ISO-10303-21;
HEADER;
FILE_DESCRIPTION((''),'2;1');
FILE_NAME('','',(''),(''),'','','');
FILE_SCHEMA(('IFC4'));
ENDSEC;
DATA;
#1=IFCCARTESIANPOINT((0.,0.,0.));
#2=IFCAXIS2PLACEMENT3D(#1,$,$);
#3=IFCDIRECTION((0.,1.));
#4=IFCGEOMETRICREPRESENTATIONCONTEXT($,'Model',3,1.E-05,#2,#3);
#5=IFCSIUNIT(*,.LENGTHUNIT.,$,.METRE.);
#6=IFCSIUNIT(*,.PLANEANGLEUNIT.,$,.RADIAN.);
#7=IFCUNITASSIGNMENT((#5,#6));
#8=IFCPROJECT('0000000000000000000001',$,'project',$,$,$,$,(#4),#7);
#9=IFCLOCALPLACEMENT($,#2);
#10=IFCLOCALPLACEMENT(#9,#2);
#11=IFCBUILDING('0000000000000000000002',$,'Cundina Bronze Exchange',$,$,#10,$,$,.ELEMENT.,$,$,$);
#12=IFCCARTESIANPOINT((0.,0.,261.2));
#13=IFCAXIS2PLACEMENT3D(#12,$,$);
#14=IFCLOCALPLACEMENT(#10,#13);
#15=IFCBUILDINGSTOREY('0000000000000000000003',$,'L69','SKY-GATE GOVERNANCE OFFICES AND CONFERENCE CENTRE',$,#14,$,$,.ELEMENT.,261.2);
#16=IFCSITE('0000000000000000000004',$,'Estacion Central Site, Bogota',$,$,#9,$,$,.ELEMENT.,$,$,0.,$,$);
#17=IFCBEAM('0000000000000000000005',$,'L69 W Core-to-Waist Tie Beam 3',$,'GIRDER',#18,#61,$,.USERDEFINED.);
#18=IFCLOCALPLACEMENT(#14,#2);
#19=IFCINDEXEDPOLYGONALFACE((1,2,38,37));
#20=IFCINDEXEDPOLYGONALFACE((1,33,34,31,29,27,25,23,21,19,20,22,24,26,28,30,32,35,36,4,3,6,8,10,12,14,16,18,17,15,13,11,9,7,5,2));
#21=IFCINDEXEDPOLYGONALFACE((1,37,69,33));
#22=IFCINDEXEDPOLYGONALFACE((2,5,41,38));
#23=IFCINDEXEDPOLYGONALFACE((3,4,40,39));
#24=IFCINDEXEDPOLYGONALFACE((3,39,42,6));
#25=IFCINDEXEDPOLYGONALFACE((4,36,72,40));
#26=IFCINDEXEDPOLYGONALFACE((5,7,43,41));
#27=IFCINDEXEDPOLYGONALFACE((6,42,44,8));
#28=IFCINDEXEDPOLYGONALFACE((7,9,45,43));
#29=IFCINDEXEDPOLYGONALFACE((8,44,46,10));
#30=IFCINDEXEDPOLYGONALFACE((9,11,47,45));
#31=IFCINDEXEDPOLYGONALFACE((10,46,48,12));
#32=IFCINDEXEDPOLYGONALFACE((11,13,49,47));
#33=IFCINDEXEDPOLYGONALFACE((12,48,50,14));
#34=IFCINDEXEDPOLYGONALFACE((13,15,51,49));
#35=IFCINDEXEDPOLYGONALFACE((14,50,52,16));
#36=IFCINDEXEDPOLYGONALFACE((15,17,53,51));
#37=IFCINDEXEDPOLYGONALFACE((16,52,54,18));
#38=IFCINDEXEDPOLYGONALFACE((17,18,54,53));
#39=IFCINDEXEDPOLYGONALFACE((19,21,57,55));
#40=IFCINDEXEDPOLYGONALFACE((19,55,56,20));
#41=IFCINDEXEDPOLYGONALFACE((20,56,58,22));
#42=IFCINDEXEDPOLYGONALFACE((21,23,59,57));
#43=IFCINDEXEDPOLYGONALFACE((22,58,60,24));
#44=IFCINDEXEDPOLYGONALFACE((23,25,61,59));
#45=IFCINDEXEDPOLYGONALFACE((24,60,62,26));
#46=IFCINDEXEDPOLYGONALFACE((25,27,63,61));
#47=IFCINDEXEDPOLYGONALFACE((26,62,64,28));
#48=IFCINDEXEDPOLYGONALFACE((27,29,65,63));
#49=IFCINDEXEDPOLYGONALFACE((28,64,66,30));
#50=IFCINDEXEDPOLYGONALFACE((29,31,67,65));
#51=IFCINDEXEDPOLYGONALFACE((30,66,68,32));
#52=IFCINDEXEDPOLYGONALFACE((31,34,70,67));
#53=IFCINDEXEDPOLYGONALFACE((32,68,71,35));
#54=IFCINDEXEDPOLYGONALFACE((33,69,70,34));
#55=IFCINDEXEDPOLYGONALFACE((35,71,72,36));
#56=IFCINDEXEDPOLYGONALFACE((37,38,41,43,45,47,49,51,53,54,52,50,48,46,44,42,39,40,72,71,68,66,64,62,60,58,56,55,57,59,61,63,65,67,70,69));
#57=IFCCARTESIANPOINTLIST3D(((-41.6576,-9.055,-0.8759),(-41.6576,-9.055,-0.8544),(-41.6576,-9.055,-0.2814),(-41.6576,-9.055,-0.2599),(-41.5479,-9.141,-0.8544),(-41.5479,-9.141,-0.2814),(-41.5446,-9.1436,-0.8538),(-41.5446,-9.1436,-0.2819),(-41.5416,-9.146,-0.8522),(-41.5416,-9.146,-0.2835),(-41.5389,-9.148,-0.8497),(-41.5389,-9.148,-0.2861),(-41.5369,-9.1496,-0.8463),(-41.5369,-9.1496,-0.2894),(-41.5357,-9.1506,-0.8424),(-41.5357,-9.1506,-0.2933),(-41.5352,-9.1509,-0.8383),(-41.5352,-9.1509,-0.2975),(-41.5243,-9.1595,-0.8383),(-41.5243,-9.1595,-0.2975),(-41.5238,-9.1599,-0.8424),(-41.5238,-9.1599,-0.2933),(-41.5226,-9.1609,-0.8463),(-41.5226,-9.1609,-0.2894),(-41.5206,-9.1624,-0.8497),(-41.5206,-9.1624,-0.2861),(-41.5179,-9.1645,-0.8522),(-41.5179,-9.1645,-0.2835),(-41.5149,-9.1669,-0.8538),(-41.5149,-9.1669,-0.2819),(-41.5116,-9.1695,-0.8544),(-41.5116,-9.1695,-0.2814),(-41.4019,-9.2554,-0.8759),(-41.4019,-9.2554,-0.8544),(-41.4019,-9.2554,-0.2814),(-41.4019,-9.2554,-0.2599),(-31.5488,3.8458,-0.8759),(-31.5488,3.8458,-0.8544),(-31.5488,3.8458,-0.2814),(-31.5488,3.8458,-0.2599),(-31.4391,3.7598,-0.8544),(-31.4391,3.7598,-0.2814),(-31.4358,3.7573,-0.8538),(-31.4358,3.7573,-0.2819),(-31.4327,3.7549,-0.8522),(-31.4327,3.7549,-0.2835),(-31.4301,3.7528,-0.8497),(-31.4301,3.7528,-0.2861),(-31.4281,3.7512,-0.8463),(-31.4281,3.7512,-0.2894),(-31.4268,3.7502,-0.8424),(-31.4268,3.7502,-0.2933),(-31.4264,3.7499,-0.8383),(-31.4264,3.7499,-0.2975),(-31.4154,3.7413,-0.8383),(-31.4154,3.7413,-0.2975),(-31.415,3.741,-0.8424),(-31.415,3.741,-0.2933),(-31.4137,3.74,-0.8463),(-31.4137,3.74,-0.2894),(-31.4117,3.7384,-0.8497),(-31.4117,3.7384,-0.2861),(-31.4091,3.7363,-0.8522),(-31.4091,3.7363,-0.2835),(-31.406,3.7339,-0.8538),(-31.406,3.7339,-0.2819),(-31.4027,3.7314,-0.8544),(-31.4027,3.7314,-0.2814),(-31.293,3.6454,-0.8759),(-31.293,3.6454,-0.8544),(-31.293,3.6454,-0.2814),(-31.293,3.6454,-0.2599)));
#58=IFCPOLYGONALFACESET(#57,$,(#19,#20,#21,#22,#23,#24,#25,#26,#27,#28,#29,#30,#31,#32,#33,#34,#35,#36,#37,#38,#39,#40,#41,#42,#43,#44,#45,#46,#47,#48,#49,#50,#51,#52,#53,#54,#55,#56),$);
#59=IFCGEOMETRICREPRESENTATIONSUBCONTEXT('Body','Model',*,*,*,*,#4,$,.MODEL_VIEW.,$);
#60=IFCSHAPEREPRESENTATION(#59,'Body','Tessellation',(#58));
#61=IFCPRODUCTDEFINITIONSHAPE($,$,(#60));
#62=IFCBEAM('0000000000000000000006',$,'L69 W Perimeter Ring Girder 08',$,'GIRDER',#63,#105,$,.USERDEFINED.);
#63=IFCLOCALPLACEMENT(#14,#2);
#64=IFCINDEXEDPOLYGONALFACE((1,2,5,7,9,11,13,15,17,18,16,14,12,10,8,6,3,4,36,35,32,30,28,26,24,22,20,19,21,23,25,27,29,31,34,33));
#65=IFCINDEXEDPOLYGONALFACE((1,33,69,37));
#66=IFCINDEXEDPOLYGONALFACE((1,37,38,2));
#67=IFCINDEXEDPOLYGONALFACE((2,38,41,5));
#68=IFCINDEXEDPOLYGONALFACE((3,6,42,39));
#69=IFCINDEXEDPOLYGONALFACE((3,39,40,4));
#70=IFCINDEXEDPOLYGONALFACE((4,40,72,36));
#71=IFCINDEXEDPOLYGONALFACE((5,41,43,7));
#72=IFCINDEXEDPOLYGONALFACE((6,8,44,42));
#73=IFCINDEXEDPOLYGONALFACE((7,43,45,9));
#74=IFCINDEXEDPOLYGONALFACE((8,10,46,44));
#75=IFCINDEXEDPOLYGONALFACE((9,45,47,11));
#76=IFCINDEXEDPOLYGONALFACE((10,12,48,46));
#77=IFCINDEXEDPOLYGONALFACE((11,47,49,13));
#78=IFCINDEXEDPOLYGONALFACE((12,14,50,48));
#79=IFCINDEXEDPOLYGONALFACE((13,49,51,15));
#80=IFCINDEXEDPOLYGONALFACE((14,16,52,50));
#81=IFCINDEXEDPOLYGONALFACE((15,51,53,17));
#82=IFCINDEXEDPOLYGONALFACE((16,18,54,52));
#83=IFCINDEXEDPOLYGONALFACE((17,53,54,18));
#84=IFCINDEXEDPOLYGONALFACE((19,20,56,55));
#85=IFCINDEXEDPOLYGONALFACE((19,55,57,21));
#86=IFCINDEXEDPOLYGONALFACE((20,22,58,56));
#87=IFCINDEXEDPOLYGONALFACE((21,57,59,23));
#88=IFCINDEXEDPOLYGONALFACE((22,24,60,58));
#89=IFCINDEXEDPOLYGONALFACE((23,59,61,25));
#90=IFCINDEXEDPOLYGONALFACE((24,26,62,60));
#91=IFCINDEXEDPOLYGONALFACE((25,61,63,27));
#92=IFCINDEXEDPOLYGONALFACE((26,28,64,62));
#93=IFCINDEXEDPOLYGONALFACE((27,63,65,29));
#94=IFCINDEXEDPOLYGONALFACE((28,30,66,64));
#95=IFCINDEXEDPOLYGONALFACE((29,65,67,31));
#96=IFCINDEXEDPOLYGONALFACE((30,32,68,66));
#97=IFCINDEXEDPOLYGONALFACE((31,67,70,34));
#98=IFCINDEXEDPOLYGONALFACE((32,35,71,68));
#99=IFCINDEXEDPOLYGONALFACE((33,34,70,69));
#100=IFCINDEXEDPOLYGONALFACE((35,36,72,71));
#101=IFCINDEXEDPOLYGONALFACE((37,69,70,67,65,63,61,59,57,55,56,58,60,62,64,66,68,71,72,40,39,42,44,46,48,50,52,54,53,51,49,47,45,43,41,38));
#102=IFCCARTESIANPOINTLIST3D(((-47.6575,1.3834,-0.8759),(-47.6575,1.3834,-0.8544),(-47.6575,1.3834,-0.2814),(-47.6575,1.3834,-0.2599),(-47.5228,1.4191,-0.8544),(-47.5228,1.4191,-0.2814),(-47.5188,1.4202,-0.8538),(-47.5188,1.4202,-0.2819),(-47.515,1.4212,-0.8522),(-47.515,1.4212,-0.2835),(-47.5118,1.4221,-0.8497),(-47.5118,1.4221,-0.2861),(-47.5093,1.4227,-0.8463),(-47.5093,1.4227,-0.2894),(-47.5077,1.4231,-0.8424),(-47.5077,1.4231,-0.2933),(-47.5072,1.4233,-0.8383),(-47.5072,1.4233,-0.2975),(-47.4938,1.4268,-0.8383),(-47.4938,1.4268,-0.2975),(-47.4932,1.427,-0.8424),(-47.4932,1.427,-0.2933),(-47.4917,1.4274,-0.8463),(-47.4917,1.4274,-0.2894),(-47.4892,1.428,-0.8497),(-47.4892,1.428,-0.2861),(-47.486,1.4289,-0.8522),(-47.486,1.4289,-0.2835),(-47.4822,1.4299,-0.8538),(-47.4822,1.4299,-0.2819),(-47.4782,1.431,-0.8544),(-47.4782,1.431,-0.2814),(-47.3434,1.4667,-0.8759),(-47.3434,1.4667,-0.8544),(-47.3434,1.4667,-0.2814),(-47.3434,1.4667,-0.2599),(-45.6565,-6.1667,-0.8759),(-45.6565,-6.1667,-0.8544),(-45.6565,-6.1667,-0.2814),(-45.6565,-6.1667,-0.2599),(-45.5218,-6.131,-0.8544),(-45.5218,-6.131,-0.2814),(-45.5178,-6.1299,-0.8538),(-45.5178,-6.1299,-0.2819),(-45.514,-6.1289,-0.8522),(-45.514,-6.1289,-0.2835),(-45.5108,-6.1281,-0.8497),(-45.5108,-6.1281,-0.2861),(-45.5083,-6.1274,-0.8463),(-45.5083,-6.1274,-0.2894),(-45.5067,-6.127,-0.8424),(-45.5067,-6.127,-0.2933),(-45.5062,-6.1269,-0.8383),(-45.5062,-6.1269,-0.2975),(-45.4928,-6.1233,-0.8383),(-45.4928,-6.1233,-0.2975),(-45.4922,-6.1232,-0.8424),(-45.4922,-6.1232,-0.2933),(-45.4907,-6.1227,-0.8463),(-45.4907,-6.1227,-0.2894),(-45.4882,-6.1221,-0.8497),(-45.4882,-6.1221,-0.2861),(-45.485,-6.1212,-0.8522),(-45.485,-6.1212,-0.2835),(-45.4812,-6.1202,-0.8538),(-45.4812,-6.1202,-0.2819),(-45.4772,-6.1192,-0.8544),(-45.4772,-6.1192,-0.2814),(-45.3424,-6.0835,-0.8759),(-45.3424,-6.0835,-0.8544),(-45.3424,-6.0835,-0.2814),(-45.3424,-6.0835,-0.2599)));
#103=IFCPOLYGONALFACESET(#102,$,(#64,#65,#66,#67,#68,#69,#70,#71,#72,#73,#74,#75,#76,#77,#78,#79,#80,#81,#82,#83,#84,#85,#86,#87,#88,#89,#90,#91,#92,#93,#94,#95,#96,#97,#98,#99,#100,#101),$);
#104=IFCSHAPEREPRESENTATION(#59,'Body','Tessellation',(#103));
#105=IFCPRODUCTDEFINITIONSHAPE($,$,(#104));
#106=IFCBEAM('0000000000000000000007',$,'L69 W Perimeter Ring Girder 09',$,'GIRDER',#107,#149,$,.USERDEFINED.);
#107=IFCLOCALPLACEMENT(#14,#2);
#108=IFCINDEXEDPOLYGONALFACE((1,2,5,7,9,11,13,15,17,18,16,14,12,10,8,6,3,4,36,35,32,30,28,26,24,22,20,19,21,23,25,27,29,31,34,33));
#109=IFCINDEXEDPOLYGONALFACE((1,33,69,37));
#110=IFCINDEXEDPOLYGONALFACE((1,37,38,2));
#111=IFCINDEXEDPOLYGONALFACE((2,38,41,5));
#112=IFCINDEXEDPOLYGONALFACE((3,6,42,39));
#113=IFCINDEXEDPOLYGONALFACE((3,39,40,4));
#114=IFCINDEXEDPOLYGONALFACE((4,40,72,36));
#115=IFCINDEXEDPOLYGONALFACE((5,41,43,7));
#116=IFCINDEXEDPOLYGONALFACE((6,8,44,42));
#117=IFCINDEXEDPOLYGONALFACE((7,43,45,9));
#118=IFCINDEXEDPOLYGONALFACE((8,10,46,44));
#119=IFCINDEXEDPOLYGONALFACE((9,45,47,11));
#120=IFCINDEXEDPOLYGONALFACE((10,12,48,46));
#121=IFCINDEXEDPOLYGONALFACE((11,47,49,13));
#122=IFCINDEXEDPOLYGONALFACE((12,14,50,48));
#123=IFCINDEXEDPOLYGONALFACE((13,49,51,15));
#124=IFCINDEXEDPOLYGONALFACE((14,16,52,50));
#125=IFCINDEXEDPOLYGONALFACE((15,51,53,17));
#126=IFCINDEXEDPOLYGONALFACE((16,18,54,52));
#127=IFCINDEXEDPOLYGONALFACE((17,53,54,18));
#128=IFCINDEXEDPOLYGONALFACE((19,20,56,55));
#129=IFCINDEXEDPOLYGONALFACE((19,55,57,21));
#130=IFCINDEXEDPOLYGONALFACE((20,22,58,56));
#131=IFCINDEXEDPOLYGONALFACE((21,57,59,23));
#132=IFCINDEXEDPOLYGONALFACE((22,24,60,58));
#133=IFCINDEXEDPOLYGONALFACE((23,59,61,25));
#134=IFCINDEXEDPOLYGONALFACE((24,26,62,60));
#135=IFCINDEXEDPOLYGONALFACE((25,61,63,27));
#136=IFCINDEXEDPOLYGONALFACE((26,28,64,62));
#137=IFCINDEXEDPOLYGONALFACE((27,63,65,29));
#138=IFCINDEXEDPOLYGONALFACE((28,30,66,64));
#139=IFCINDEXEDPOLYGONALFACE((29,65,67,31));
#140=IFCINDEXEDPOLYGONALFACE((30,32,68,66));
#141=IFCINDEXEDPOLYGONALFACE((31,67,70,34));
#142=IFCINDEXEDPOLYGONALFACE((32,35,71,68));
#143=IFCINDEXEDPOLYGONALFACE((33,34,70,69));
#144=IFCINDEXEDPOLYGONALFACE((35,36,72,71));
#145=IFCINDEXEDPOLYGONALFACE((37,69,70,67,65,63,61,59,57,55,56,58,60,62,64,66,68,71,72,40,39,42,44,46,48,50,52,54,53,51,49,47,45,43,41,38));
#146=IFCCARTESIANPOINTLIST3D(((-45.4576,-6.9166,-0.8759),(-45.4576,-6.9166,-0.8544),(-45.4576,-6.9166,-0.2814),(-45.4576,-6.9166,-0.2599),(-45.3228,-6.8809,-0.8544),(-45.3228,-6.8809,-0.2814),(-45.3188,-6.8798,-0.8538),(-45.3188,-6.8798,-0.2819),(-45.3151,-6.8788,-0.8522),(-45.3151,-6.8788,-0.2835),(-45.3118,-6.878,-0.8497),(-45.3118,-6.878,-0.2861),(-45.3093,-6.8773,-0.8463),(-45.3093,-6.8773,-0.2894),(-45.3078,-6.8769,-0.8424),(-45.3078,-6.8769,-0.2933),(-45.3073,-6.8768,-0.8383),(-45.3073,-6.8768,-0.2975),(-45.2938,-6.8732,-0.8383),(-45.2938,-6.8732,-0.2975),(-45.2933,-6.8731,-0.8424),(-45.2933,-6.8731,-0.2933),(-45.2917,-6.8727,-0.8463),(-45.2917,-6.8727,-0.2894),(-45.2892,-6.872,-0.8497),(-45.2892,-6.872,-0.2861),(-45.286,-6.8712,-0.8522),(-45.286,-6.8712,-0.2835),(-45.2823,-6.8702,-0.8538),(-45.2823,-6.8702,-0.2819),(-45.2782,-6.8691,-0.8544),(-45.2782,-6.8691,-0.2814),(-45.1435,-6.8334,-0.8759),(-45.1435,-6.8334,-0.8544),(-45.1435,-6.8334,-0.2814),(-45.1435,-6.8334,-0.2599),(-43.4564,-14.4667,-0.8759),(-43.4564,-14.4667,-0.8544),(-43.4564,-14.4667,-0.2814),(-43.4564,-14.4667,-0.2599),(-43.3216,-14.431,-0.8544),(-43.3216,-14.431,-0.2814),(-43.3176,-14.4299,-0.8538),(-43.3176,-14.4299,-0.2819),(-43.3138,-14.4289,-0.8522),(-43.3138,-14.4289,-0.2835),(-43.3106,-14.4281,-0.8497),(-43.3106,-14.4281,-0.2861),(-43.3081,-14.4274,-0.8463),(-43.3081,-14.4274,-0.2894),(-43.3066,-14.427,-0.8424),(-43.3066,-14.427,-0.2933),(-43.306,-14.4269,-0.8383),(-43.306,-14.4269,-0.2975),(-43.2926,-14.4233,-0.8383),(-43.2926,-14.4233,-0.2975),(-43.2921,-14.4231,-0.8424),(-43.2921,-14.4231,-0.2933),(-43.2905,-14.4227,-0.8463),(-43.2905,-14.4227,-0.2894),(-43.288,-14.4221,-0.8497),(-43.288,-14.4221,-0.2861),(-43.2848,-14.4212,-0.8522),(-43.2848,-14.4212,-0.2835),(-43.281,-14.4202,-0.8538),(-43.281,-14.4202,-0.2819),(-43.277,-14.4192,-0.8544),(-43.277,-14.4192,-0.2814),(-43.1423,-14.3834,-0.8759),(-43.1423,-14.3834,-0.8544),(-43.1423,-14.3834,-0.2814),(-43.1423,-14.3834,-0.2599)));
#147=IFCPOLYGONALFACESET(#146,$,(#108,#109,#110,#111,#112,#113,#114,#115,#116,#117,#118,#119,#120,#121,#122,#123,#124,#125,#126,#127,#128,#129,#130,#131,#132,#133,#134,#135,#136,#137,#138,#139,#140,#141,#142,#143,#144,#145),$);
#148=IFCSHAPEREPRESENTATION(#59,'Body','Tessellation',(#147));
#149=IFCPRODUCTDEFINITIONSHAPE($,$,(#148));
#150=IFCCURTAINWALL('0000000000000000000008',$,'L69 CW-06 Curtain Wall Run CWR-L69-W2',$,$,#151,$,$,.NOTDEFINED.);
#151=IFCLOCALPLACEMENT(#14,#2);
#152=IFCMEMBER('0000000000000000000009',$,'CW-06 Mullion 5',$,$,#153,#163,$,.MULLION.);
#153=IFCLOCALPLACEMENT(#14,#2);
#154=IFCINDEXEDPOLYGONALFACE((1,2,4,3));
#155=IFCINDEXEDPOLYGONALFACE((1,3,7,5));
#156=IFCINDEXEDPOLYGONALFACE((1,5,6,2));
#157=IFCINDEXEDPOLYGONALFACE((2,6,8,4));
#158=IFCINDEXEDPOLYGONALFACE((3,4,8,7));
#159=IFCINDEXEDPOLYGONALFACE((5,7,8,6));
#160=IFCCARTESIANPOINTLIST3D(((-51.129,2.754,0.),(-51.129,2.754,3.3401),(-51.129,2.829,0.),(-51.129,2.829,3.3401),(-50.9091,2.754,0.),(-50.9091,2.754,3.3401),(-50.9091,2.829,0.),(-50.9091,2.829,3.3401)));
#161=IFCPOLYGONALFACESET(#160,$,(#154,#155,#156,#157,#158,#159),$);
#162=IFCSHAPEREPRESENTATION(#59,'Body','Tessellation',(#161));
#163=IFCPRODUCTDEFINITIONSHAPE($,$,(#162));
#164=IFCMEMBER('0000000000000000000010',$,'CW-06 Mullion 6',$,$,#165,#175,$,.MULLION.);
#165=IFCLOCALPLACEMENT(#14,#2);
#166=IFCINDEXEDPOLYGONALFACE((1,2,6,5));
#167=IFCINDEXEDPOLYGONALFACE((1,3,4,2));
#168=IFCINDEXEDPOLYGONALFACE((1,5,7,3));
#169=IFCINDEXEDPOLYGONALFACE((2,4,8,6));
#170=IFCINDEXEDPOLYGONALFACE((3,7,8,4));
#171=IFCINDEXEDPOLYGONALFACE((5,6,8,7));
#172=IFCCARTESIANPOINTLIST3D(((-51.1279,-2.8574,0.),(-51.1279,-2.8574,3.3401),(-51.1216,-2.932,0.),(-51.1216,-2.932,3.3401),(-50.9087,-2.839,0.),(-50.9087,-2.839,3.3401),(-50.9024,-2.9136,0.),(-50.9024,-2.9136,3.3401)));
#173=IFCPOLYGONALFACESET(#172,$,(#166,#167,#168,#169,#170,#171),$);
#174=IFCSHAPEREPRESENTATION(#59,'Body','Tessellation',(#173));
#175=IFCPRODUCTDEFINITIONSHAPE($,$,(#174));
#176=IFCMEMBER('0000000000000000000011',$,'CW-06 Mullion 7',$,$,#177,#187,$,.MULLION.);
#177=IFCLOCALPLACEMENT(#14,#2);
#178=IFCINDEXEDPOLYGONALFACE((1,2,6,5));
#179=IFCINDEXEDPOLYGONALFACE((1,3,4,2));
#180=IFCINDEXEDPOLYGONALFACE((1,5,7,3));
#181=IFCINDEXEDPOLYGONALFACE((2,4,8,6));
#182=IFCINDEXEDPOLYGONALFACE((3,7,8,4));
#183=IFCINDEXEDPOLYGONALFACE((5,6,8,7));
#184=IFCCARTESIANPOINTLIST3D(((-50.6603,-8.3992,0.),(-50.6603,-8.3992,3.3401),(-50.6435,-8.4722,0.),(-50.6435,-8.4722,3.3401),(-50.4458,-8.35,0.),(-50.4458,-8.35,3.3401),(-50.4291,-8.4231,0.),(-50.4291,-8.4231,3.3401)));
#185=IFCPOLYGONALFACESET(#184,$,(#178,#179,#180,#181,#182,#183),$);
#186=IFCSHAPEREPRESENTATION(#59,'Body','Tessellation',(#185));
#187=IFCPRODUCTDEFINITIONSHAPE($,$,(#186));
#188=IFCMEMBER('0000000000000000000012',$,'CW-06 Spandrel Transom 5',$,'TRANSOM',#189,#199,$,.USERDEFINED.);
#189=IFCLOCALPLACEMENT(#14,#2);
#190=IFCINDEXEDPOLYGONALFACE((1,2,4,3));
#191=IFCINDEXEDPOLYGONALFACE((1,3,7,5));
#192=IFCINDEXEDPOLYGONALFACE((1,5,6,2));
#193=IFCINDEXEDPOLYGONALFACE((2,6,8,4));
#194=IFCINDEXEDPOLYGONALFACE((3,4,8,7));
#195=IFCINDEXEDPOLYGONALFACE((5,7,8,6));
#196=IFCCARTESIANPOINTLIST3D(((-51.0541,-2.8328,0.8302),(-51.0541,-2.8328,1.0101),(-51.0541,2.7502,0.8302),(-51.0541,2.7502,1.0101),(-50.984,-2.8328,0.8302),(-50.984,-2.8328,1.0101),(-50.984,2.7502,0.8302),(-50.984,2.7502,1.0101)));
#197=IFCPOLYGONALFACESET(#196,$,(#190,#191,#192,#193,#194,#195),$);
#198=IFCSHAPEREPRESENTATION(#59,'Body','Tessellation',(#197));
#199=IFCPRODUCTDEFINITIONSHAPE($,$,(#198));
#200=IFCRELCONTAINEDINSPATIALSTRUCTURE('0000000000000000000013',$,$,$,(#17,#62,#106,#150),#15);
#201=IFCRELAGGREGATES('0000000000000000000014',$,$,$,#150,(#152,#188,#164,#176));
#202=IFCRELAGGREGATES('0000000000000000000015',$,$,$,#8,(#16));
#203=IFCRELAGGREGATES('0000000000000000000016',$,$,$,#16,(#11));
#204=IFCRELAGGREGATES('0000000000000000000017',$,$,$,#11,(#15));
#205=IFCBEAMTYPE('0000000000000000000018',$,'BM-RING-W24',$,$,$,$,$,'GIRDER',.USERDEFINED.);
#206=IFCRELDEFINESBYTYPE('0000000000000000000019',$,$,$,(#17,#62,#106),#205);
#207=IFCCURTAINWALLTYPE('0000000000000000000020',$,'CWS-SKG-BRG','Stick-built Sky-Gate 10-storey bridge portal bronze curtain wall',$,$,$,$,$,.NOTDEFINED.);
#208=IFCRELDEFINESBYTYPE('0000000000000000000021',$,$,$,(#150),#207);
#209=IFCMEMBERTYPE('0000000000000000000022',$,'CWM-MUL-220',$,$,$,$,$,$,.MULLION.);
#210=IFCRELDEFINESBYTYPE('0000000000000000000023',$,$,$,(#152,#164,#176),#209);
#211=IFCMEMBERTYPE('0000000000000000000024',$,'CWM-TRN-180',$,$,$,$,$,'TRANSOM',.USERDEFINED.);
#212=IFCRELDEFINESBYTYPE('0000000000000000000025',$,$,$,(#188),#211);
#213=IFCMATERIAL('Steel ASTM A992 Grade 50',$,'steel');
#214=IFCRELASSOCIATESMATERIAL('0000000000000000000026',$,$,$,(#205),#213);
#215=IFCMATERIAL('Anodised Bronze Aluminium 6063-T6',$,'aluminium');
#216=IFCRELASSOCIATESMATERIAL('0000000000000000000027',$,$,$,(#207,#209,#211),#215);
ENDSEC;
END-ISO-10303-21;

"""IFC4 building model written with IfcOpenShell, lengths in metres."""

from ifc_helpers import new_model, si_unit, direction, frame, origin, origin_2d, place, context, subcontext, project, spatial, rectangle, i_section, extrude, material, material_profile, profile_set, type_object, element, aggregate, save


model = new_model("IFC4")

# Units and contexts
model_context = context("Model", 3, precision=1e-05, world=origin(), true_north=direction((0.0, 1.0)))
body_context = subcontext(model_context, "Body", "Model", "MODEL_VIEW")
ifc_project = project(units=[si_unit("LENGTHUNIT", "METRE"), si_unit("PLANEANGLEUNIT", "RADIAN")], contexts=[model_context])

# Site, building, storey
site_placement = place(None, origin())
site = spatial("IfcSite", under=ifc_project, at=site_placement, Name="Estacion Central Site, Bogota", CompositionType="ELEMENT", RefElevation=0.0)
building_placement = place(site_placement, origin())
building = spatial("IfcBuilding", under=site, at=building_placement, Name="Cundina Bronze Exchange", CompositionType="ELEMENT")
storey_placement = place(building_placement, frame((0.0, 0.0, 261.2)))
storey = spatial("IfcBuildingStorey", under=building, at=storey_placement, Name="L69", Description="SKY-GATE GOVERNANCE OFFICES AND CONFERENCE CENTRE", CompositionType="ELEMENT", Elevation=261.2)

# Shared definitions
ifc_material_1 = material(Name="Steel ASTM A992 Grade 50", Category="steel")

# Beams
ifc_material_profile_1 = material_profile(ifc_material_1, i_section(OverallWidth=0.325, OverallDepth=0.616, WebThickness=0.0139, FlangeThickness=0.0215, FilletRadius=0.0161, at=origin_2d()), Name="W24X117", Category="steel")
ifc_profile_set_1 = profile_set([ifc_material_profile_1], Name="Steel ASTM A992 Grade 50")
beam_type_1 = type_object("IfcBeamType", Name="BM-RING-W24", ElementType="GIRDER", PredefinedType="USERDEFINED", material=ifc_profile_set_1)
beam_1_placement = place(storey_placement, frame((-31.4209, 3.7456, -0.5679), z_axis=(-0.616783, -0.787133, 0.0), x_axis=(0.787133, -0.616783, 0.0)))
element("IfcBeam", 1, at=beam_1_placement, inside=storey, type_object=beam_type_1, Name="L69 W Core-to-Waist Tie Beam 3", ObjectType="GIRDER", PredefinedType="USERDEFINED", context=body_context, shape_type="SweptSolid", body=[
    extrude(i_section(OverallWidth=0.325, OverallDepth=0.616, WebThickness=0.0139, FlangeThickness=0.0215, FilletRadius=0.0161, at=origin_2d()), origin(), (0.0, 0.0, 1.0), 16.3896),
])
for number, where, z_axis, x_axis, name in (
    (2, (-47.5005, 1.425, -0.5679), (0.256184, -0.966628, 0.0), (0.966628, 0.256184, 0.0), "L69 W Perimeter Ring Girder 08"),
    (3, (-45.3005, -6.875, -0.5679), (0.256213, -0.96662, 0.0), (0.96662, 0.256213, 0.0), "L69 W Perimeter Ring Girder 09"),
):
    element("IfcBeam", number, at=place(storey_placement, frame(where, z_axis=z_axis, x_axis=x_axis)), inside=storey, type_object=beam_type_1, Name=name, ObjectType="GIRDER", PredefinedType="USERDEFINED", context=body_context, shape_type="SweptSolid", body=[
        extrude(i_section(OverallWidth=0.325, OverallDepth=0.616, WebThickness=0.0139, FlangeThickness=0.0215, FilletRadius=0.0161, at=origin_2d()), origin(), (0.0, 0.0, 1.0), 7.8108),
    ])

# Curtain wall, members
ifc_material_2 = material(Name="Anodised Bronze Aluminium 6063-T6", Category="aluminium")
curtain_wall_type = type_object("IfcCurtainWallType", Name="CWS-SKG-BRG", Description="Stick-built Sky-Gate 10-storey bridge portal bronze curtain wall", PredefinedType="NOTDEFINED", material=ifc_material_2)
curtain_wall_placement = place(storey_placement, origin())
curtain_wall = element("IfcCurtainWall", 4, at=curtain_wall_placement, inside=storey, type_object=curtain_wall_type, Name="L69 CW-06 Curtain Wall Run CWR-L69-W2", PredefinedType="NOTDEFINED")
ifc_material_profile_2 = material_profile(ifc_material_2, rectangle(XDim=0.075, YDim=0.22, at=origin_2d()), Name="AL75X220", Category="aluminium")
ifc_profile_set_2 = profile_set([ifc_material_profile_2], Name="Anodised Bronze Aluminium 6063-T6")
member_type_1 = type_object("IfcMemberType", Name="CWM-MUL-220", PredefinedType="MULLION", material=ifc_profile_set_2)
member_1_placement = place(storey_placement, frame((-51.019, 2.7915, 0.0), z_axis=(0.0, 0.0, 1.0), x_axis=(0.0, -1.0, 0.0)))
member_1 = element("IfcMember", 5, at=member_1_placement, type_object=member_type_1, Name="CW-06 Mullion 5", PredefinedType="MULLION", context=body_context, shape_type="SweptSolid", body=[
    extrude(rectangle(XDim=0.075, YDim=0.22, at=origin_2d()), origin(), (0.0, 0.0, 1.0), 3.3401),
])
member_2_placement = place(storey_placement, frame((-51.0151, -2.8855, 0.0), z_axis=(0.0, 0.0, 1.0), x_axis=(0.083678, -0.996493, 0.0)))
member_2 = element("IfcMember", 6, at=member_2_placement, type_object=member_type_1, Name="CW-06 Mullion 6", PredefinedType="MULLION", context=body_context, shape_type="SweptSolid", body=[
    extrude(rectangle(XDim=0.075, YDim=0.22, at=origin_2d()), origin(), (0.0, 0.0, 1.0), 3.3401),
])
member_3_placement = place(storey_placement, frame((-50.5447, -8.4111, 0.0), z_axis=(0.0, 0.0, 1.0), x_axis=(0.22325, -0.974761, 0.0)))
member_3 = element("IfcMember", 7, at=member_3_placement, type_object=member_type_1, Name="CW-06 Mullion 7", PredefinedType="MULLION", context=body_context, shape_type="SweptSolid", body=[
    extrude(rectangle(XDim=0.075, YDim=0.22, at=origin_2d()), origin(), (0.0, 0.0, 1.0), 3.3401),
])
ifc_material_profile_3 = material_profile(ifc_material_2, rectangle(XDim=0.0701, YDim=0.1799, at=origin_2d()), Name="AL70X180", Category="aluminium")
ifc_profile_set_3 = profile_set([ifc_material_profile_3], Name="Anodised Bronze Aluminium 6063-T6")
member_type_2 = type_object("IfcMemberType", Name="CWM-TRN-180", ElementType="TRANSOM", PredefinedType="USERDEFINED", material=ifc_profile_set_3)
member_4_placement = place(storey_placement, frame((-51.019, 2.7502, 0.9202), z_axis=(0.0, -1.0, 0.0), x_axis=(1.0, 0.0, 0.0)))
member_4 = element("IfcMember", 8, at=member_4_placement, type_object=member_type_2, Name="CW-06 Spandrel Transom 5", ObjectType="TRANSOM", PredefinedType="USERDEFINED", context=body_context, shape_type="SweptSolid", body=[
    extrude(rectangle(XDim=0.0701, YDim=0.1799, at=origin_2d()), origin(), (0.0, 0.0, 1.0), 5.583),
])
aggregate(curtain_wall, [member_1, member_4, member_2, member_3])

save(model, "model.ifc")
